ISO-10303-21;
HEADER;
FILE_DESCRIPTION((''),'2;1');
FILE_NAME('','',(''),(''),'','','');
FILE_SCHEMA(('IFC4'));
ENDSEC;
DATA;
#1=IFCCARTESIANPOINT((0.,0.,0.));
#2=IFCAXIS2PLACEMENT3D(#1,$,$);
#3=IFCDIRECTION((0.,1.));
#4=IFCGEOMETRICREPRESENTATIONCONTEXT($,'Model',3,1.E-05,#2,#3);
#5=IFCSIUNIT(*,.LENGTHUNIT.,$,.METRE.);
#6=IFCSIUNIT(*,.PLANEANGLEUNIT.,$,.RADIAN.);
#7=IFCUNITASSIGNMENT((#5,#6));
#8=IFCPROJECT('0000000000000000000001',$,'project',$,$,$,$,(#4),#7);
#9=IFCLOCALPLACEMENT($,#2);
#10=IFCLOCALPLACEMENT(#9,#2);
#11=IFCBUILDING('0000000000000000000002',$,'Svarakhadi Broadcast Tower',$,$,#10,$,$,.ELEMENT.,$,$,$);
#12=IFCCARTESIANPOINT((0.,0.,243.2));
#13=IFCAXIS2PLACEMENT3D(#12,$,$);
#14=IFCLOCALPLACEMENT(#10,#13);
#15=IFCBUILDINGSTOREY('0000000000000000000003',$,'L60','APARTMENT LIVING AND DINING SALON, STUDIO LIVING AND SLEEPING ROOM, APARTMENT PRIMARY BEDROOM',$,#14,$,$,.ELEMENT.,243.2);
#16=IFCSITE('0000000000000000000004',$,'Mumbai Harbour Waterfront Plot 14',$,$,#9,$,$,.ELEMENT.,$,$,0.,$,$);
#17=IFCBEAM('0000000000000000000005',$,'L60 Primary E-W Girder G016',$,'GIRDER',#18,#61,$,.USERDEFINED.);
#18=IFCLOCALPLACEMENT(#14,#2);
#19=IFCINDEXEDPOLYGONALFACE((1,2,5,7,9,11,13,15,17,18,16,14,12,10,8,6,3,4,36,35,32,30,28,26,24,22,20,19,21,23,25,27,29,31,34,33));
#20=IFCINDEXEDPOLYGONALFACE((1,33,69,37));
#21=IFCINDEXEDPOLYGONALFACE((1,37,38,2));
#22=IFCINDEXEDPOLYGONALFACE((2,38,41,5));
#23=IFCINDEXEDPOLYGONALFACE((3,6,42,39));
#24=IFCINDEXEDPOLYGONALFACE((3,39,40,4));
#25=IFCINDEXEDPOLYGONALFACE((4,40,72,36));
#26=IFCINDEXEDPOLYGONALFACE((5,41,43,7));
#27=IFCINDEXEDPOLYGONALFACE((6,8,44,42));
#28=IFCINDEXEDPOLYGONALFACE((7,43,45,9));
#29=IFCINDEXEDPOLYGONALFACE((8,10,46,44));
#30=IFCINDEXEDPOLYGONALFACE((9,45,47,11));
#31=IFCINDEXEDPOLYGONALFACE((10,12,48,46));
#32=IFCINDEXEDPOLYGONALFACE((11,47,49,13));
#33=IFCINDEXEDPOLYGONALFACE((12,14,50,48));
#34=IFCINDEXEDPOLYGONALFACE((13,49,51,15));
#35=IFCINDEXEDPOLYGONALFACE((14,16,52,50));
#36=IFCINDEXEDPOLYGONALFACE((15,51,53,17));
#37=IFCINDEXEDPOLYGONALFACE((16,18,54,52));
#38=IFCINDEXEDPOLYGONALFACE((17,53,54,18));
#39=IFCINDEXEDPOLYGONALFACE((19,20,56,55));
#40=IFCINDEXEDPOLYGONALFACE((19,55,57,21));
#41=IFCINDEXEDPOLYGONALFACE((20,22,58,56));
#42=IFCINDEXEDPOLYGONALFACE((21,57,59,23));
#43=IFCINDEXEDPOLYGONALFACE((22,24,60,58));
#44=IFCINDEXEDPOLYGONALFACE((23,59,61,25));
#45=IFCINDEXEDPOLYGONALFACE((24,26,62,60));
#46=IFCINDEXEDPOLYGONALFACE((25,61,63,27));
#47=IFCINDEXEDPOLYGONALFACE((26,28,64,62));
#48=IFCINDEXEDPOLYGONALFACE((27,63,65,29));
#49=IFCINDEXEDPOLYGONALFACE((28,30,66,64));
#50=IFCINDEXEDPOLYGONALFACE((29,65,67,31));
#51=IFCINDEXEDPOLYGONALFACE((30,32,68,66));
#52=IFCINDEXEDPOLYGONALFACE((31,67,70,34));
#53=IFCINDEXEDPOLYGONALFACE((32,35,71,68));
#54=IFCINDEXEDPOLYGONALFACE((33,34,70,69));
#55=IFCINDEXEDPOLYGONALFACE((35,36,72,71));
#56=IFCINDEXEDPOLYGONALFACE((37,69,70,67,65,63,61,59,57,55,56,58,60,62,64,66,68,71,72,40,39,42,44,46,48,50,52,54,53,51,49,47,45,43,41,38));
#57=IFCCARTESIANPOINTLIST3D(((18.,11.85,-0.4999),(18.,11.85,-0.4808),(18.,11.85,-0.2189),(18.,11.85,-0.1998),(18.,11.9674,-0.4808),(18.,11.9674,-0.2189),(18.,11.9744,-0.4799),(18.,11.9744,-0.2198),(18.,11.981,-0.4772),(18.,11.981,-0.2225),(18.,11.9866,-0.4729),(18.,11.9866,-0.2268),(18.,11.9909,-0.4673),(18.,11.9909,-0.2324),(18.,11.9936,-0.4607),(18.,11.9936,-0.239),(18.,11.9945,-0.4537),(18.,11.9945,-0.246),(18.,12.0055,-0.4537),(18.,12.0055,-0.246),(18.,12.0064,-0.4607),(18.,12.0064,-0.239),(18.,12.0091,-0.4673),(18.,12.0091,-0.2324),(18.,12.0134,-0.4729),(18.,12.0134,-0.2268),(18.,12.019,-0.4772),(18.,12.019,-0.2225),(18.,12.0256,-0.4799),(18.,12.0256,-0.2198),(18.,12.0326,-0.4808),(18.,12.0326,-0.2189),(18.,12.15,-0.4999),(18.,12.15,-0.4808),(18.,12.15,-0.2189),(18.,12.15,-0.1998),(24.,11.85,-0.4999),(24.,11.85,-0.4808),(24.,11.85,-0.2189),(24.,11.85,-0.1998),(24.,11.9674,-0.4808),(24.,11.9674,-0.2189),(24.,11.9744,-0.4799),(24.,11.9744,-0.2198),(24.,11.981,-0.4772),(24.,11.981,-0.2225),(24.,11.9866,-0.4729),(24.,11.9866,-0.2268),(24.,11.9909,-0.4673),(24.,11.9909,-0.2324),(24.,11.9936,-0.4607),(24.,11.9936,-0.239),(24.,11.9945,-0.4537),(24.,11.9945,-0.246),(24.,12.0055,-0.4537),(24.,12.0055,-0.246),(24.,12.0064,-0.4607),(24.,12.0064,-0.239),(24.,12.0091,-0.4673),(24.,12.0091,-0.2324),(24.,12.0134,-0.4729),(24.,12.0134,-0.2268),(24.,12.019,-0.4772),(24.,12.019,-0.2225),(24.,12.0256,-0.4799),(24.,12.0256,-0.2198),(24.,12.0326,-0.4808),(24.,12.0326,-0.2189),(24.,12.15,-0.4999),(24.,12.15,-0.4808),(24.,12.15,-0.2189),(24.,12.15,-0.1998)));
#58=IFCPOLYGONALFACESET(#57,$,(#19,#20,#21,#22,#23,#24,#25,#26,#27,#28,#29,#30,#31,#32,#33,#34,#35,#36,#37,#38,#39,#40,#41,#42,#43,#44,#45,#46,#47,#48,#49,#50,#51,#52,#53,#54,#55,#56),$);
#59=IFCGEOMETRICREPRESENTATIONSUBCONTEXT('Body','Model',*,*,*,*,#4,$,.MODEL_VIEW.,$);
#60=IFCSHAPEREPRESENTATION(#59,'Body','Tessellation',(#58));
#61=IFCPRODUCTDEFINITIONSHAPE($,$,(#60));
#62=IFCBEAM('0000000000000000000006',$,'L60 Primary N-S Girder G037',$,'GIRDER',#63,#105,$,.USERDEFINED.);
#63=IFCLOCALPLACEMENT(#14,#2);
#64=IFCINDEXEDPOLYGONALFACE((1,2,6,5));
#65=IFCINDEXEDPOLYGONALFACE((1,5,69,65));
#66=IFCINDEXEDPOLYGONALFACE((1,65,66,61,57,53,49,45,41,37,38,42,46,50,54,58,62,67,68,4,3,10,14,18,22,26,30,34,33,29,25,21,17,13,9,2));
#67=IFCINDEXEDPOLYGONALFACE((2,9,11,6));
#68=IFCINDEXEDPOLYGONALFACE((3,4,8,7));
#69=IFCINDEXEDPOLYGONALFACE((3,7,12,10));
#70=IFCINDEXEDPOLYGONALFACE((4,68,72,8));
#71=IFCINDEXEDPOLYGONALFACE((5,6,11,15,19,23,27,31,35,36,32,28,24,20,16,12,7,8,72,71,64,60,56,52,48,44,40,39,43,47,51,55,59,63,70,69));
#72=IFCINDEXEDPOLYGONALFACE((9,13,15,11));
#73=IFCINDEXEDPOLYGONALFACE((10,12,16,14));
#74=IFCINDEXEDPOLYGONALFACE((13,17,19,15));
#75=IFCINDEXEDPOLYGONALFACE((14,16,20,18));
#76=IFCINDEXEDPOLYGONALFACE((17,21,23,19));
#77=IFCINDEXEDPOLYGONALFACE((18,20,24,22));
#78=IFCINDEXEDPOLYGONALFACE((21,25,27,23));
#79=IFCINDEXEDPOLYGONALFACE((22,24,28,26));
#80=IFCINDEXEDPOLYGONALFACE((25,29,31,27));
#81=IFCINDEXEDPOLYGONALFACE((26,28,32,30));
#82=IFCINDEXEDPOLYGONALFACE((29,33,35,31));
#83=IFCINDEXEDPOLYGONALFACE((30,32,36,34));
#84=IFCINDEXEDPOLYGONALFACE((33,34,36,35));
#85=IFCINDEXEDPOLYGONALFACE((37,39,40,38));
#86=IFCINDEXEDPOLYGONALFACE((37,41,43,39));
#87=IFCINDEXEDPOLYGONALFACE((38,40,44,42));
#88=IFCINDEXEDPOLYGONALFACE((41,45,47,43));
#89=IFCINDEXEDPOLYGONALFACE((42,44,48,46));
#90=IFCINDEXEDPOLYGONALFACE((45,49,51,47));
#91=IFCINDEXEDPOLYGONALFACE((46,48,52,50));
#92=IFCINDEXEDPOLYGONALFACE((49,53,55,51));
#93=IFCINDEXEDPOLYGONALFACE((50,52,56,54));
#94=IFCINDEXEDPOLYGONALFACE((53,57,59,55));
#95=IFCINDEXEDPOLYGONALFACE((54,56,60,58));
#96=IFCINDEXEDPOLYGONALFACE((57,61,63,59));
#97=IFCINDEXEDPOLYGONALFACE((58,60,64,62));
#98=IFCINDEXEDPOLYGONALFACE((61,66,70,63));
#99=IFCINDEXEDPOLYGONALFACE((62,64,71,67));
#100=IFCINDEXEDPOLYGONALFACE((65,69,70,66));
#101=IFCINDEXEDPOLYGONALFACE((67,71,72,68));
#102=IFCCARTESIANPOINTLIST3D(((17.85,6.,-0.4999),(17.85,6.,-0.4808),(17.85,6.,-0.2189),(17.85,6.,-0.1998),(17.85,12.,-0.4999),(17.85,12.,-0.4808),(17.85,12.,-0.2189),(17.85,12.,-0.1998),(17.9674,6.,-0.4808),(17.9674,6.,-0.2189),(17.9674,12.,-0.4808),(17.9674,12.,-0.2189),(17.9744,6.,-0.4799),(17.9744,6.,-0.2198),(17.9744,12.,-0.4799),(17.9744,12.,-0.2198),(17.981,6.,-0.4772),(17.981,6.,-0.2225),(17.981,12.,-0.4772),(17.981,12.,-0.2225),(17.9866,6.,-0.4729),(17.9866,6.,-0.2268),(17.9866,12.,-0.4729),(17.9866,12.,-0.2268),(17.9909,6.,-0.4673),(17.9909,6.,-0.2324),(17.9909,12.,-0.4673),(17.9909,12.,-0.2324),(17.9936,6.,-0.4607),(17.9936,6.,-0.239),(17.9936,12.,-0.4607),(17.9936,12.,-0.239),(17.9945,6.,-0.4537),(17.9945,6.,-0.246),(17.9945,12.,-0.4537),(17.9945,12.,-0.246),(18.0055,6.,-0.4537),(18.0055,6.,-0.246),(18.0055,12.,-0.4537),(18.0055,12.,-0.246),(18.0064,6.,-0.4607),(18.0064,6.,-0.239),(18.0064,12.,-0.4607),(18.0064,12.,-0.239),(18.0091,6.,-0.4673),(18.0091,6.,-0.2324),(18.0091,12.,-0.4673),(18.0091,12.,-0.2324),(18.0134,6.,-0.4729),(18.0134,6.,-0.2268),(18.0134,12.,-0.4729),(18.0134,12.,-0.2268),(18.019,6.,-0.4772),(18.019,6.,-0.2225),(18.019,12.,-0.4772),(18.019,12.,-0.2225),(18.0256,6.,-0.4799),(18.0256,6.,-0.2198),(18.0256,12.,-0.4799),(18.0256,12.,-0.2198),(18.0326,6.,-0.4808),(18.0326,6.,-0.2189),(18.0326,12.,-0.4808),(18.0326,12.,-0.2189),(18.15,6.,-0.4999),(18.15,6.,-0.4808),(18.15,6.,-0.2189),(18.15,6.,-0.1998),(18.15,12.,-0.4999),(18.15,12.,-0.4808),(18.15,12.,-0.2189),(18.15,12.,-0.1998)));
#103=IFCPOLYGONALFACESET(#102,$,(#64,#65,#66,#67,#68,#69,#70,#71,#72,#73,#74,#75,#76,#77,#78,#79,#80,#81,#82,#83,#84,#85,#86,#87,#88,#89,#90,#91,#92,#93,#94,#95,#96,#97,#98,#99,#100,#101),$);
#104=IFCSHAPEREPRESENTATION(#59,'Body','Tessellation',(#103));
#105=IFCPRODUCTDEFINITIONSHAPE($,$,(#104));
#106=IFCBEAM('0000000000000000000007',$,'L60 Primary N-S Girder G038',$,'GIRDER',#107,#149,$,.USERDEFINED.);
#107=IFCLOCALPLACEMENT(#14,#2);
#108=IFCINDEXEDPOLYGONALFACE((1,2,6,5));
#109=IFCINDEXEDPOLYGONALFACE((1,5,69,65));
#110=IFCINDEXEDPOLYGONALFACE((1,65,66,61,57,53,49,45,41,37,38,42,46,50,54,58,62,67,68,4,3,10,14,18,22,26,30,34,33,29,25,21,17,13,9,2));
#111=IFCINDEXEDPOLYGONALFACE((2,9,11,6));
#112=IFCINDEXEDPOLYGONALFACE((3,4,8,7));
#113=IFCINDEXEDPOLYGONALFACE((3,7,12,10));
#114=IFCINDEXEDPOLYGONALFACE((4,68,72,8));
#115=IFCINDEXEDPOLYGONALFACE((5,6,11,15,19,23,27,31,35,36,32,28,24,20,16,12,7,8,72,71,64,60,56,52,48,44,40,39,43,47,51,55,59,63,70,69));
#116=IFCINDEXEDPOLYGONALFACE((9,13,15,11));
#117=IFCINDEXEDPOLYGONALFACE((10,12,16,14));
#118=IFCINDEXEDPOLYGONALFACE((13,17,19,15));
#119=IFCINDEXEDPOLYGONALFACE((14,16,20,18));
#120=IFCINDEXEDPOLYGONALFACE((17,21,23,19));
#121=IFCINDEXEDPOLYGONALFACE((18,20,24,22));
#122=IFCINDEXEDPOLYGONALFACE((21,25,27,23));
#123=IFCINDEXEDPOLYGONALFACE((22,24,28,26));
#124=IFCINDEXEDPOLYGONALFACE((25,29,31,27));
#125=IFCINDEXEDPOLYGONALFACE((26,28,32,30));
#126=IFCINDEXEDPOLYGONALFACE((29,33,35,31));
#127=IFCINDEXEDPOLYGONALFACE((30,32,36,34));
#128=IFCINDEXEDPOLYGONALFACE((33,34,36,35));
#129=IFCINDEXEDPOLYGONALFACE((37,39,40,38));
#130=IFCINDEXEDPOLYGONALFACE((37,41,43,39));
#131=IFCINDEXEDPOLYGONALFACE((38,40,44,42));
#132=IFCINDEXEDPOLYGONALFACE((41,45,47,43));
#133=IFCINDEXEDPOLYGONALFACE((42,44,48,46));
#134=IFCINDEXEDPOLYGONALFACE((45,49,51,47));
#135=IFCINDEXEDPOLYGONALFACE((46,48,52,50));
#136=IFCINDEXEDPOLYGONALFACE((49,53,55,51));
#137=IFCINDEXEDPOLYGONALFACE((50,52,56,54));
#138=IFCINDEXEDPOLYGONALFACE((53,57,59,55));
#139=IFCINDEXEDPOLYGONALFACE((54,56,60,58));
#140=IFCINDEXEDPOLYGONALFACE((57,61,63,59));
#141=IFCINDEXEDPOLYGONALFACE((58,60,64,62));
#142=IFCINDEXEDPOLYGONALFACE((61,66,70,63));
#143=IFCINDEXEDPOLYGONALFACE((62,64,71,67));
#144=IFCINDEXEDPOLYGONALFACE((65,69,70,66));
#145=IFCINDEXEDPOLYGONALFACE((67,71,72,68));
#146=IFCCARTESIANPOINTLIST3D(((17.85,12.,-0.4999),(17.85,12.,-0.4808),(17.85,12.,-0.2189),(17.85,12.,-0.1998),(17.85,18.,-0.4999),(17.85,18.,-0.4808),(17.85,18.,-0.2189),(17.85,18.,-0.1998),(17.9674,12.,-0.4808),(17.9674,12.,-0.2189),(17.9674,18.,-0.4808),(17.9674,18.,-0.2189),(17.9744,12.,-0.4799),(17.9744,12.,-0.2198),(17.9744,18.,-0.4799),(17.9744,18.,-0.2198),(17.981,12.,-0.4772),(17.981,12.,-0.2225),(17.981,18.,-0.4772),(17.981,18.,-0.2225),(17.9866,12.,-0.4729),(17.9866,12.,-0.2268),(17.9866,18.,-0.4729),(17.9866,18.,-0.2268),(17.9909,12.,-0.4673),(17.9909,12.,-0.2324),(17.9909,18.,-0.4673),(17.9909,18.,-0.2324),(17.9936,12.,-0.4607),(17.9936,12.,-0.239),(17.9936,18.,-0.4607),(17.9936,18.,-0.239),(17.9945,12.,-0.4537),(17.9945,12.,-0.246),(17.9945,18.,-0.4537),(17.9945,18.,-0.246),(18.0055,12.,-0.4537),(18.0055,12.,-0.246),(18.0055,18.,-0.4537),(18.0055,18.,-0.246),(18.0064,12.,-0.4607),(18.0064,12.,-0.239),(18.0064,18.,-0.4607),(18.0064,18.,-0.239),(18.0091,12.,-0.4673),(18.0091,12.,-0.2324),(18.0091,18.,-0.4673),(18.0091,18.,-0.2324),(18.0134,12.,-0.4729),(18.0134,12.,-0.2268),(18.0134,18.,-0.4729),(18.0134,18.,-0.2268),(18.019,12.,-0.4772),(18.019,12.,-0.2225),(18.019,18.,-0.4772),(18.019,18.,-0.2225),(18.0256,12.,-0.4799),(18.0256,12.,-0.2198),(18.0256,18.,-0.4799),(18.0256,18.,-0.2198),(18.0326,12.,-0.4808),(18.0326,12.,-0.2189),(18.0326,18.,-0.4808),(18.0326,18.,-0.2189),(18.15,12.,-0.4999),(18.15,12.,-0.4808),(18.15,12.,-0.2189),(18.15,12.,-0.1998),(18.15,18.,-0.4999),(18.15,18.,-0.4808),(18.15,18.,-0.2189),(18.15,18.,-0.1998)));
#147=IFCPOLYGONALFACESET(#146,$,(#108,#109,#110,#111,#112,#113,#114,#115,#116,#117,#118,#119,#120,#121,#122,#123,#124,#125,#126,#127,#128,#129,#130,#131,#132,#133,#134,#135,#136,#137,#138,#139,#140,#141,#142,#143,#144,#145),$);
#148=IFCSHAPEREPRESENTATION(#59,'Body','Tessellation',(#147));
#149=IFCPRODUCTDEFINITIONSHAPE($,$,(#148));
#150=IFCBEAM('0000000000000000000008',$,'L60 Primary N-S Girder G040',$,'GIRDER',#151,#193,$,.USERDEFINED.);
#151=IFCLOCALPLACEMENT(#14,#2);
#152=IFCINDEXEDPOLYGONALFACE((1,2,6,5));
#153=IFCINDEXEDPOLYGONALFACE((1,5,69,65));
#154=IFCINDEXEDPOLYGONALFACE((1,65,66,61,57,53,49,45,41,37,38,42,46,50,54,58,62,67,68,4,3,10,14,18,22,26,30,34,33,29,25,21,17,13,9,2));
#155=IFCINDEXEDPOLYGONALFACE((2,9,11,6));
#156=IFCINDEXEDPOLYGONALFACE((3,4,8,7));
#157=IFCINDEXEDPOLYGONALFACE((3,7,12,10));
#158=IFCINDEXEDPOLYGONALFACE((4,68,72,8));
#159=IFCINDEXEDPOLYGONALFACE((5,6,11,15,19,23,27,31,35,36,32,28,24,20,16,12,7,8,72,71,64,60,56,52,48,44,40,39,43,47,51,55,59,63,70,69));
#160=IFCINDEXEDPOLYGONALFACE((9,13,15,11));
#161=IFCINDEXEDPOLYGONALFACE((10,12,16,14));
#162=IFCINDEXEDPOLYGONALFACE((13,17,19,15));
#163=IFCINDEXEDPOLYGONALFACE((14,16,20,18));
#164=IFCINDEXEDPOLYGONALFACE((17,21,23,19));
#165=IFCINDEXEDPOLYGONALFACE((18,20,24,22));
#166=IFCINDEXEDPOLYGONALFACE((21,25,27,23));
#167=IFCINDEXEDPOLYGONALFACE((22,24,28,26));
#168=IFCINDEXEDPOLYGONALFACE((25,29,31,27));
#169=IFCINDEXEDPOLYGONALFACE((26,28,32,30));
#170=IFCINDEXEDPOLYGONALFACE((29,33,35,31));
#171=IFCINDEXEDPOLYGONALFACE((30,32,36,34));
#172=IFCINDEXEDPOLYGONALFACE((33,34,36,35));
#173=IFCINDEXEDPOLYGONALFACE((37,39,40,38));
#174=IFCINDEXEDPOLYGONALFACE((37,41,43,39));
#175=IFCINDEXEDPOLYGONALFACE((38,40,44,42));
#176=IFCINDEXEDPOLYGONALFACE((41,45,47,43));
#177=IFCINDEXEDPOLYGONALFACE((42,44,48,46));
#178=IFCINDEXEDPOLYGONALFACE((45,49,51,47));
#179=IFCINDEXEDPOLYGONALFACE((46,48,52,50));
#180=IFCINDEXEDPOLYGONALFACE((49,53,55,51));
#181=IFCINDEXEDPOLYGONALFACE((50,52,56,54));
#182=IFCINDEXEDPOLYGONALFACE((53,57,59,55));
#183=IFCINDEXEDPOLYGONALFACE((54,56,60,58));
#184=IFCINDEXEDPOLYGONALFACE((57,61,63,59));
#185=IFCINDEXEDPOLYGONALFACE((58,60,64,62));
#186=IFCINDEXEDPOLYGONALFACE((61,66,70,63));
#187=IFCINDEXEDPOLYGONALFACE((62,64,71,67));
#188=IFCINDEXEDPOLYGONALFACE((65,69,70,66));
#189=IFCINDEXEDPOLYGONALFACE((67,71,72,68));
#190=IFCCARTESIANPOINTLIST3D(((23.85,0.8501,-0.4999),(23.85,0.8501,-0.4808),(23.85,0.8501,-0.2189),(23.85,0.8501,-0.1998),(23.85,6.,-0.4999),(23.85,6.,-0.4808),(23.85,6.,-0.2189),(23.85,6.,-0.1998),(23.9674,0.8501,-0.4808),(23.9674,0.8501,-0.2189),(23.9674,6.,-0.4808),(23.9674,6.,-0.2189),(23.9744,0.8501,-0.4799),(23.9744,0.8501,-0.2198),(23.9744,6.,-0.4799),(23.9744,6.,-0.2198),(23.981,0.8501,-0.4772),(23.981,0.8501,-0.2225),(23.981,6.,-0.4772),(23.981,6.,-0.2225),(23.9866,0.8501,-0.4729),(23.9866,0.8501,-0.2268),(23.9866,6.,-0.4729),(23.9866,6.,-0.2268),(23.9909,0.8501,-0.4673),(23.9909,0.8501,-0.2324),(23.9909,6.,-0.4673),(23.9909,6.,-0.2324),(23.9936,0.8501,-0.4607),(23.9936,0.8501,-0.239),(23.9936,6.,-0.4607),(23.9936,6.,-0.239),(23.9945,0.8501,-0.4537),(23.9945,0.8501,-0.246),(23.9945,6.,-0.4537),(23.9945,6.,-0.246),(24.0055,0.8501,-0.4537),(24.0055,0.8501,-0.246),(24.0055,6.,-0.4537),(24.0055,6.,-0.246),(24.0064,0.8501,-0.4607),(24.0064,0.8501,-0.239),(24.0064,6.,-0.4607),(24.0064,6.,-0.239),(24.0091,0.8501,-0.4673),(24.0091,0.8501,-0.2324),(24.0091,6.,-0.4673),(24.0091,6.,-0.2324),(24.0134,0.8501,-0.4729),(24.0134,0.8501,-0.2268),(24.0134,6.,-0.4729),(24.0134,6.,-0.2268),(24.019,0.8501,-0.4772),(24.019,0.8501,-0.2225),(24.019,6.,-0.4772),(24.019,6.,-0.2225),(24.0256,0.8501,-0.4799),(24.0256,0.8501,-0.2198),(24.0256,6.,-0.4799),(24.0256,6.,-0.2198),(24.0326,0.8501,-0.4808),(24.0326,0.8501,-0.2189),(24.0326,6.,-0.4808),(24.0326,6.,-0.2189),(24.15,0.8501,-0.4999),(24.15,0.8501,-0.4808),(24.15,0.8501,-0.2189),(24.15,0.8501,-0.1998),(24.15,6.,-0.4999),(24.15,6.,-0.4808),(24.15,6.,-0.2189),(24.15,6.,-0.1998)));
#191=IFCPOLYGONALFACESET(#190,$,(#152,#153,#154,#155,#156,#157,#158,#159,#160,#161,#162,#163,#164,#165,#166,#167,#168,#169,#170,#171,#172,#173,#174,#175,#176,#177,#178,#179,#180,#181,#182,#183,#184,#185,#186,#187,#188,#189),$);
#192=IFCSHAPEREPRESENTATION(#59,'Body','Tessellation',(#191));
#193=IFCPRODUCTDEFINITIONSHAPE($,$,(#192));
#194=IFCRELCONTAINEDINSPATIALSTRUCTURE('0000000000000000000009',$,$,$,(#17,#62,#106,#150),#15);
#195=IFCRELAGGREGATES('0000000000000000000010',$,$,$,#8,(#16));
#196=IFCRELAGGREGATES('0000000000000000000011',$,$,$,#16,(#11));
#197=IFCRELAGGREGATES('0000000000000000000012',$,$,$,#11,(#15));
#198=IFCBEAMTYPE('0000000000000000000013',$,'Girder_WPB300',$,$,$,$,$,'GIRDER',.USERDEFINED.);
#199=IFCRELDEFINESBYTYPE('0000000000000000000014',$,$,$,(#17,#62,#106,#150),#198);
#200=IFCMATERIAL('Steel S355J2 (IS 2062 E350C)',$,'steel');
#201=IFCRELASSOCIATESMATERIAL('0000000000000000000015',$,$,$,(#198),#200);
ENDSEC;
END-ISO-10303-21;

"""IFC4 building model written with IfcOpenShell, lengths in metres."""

from ifc_helpers import new_model, si_unit, direction, frame, origin, origin_2d, place, context, subcontext, project, spatial, i_section, extrude, material, material_profile, profile_set, type_object, element, save


model = new_model("IFC4")

# Units and contexts
model_context = context("Model", 3, precision=1e-05, world=origin(), true_north=direction((0.0, 1.0)))
body_context = subcontext(model_context, "Body", "Model", "MODEL_VIEW")
ifc_project = project(units=[si_unit("LENGTHUNIT", "METRE"), si_unit("PLANEANGLEUNIT", "RADIAN")], contexts=[model_context])

# Site, building, storey
site_placement = place(None, origin())
site = spatial("IfcSite", under=ifc_project, at=site_placement, Name="Mumbai Harbour Waterfront Plot 14", CompositionType="ELEMENT", RefElevation=0.0)
building_placement = place(site_placement, origin())
building = spatial("IfcBuilding", under=site, at=building_placement, Name="Svarakhadi Broadcast Tower", CompositionType="ELEMENT")
storey_placement = place(building_placement, frame((0.0, 0.0, 243.2)))
storey = spatial("IfcBuildingStorey", under=building, at=storey_placement, Name="L60", Description="APARTMENT LIVING AND DINING SALON, STUDIO LIVING AND SLEEPING ROOM, APARTMENT PRIMARY BEDROOM", CompositionType="ELEMENT", Elevation=243.2)

# Beams
ifc_material_1 = material(Name="Steel S355J2 (IS 2062 E350C)", Category="steel")
ifc_material_profile_1 = material_profile(ifc_material_1, i_section(OverallWidth=0.3, OverallDepth=0.3, WebThickness=0.011, FlangeThickness=0.019, FilletRadius=0.0271, at=origin_2d()), Name="WPB 300x300x117")
ifc_profile_set_1 = profile_set([ifc_material_profile_1], Name="Steel S355J2 (IS 2062 E350C)")
beam_type_1 = type_object("IfcBeamType", Name="Girder_WPB300", ElementType="GIRDER", PredefinedType="USERDEFINED", material=ifc_profile_set_1)
for number, where, z_axis, x_axis, name in (
    (1, (18.0, 12.0, -0.3499), (1.0, 0.0, 0.0), (0.0, 1.0, 0.0), "L60 Primary E-W Girder G016"),
    (2, (18.0, 6.0, -0.3499), (0.0, 1.0, 0.0), (-1.0, 0.0, 0.0), "L60 Primary N-S Girder G037"),
    (3, (18.0, 12.0, -0.3499), (0.0, 1.0, 0.0), (-1.0, 0.0, 0.0), "L60 Primary N-S Girder G038"),
):
    element("IfcBeam", number, at=place(storey_placement, frame(where, z_axis=z_axis, x_axis=x_axis)), inside=storey, type_object=beam_type_1, Name=name, ObjectType="GIRDER", PredefinedType="USERDEFINED", context=body_context, shape_type="SweptSolid", body=[
        extrude(i_section(OverallWidth=0.3, OverallDepth=0.3, WebThickness=0.011, FlangeThickness=0.019, FilletRadius=0.0271, at=origin_2d()), origin(), (0.0, 0.0, 1.0), 6.0),
    ])
beam_1_placement = place(storey_placement, frame((24.0, 0.8501, -0.3499), z_axis=(0.0, 1.0, 0.0), x_axis=(-1.0, 0.0, 0.0)))
element("IfcBeam", 4, at=beam_1_placement, inside=storey, type_object=beam_type_1, Name="L60 Primary N-S Girder G040", ObjectType="GIRDER", PredefinedType="USERDEFINED", context=body_context, shape_type="SweptSolid", body=[
    extrude(i_section(OverallWidth=0.3, OverallDepth=0.3, WebThickness=0.011, FlangeThickness=0.019, FilletRadius=0.0271, at=origin_2d()), origin(), (0.0, 0.0, 1.0), 5.1499),
])

save(model, "model.ifc")
